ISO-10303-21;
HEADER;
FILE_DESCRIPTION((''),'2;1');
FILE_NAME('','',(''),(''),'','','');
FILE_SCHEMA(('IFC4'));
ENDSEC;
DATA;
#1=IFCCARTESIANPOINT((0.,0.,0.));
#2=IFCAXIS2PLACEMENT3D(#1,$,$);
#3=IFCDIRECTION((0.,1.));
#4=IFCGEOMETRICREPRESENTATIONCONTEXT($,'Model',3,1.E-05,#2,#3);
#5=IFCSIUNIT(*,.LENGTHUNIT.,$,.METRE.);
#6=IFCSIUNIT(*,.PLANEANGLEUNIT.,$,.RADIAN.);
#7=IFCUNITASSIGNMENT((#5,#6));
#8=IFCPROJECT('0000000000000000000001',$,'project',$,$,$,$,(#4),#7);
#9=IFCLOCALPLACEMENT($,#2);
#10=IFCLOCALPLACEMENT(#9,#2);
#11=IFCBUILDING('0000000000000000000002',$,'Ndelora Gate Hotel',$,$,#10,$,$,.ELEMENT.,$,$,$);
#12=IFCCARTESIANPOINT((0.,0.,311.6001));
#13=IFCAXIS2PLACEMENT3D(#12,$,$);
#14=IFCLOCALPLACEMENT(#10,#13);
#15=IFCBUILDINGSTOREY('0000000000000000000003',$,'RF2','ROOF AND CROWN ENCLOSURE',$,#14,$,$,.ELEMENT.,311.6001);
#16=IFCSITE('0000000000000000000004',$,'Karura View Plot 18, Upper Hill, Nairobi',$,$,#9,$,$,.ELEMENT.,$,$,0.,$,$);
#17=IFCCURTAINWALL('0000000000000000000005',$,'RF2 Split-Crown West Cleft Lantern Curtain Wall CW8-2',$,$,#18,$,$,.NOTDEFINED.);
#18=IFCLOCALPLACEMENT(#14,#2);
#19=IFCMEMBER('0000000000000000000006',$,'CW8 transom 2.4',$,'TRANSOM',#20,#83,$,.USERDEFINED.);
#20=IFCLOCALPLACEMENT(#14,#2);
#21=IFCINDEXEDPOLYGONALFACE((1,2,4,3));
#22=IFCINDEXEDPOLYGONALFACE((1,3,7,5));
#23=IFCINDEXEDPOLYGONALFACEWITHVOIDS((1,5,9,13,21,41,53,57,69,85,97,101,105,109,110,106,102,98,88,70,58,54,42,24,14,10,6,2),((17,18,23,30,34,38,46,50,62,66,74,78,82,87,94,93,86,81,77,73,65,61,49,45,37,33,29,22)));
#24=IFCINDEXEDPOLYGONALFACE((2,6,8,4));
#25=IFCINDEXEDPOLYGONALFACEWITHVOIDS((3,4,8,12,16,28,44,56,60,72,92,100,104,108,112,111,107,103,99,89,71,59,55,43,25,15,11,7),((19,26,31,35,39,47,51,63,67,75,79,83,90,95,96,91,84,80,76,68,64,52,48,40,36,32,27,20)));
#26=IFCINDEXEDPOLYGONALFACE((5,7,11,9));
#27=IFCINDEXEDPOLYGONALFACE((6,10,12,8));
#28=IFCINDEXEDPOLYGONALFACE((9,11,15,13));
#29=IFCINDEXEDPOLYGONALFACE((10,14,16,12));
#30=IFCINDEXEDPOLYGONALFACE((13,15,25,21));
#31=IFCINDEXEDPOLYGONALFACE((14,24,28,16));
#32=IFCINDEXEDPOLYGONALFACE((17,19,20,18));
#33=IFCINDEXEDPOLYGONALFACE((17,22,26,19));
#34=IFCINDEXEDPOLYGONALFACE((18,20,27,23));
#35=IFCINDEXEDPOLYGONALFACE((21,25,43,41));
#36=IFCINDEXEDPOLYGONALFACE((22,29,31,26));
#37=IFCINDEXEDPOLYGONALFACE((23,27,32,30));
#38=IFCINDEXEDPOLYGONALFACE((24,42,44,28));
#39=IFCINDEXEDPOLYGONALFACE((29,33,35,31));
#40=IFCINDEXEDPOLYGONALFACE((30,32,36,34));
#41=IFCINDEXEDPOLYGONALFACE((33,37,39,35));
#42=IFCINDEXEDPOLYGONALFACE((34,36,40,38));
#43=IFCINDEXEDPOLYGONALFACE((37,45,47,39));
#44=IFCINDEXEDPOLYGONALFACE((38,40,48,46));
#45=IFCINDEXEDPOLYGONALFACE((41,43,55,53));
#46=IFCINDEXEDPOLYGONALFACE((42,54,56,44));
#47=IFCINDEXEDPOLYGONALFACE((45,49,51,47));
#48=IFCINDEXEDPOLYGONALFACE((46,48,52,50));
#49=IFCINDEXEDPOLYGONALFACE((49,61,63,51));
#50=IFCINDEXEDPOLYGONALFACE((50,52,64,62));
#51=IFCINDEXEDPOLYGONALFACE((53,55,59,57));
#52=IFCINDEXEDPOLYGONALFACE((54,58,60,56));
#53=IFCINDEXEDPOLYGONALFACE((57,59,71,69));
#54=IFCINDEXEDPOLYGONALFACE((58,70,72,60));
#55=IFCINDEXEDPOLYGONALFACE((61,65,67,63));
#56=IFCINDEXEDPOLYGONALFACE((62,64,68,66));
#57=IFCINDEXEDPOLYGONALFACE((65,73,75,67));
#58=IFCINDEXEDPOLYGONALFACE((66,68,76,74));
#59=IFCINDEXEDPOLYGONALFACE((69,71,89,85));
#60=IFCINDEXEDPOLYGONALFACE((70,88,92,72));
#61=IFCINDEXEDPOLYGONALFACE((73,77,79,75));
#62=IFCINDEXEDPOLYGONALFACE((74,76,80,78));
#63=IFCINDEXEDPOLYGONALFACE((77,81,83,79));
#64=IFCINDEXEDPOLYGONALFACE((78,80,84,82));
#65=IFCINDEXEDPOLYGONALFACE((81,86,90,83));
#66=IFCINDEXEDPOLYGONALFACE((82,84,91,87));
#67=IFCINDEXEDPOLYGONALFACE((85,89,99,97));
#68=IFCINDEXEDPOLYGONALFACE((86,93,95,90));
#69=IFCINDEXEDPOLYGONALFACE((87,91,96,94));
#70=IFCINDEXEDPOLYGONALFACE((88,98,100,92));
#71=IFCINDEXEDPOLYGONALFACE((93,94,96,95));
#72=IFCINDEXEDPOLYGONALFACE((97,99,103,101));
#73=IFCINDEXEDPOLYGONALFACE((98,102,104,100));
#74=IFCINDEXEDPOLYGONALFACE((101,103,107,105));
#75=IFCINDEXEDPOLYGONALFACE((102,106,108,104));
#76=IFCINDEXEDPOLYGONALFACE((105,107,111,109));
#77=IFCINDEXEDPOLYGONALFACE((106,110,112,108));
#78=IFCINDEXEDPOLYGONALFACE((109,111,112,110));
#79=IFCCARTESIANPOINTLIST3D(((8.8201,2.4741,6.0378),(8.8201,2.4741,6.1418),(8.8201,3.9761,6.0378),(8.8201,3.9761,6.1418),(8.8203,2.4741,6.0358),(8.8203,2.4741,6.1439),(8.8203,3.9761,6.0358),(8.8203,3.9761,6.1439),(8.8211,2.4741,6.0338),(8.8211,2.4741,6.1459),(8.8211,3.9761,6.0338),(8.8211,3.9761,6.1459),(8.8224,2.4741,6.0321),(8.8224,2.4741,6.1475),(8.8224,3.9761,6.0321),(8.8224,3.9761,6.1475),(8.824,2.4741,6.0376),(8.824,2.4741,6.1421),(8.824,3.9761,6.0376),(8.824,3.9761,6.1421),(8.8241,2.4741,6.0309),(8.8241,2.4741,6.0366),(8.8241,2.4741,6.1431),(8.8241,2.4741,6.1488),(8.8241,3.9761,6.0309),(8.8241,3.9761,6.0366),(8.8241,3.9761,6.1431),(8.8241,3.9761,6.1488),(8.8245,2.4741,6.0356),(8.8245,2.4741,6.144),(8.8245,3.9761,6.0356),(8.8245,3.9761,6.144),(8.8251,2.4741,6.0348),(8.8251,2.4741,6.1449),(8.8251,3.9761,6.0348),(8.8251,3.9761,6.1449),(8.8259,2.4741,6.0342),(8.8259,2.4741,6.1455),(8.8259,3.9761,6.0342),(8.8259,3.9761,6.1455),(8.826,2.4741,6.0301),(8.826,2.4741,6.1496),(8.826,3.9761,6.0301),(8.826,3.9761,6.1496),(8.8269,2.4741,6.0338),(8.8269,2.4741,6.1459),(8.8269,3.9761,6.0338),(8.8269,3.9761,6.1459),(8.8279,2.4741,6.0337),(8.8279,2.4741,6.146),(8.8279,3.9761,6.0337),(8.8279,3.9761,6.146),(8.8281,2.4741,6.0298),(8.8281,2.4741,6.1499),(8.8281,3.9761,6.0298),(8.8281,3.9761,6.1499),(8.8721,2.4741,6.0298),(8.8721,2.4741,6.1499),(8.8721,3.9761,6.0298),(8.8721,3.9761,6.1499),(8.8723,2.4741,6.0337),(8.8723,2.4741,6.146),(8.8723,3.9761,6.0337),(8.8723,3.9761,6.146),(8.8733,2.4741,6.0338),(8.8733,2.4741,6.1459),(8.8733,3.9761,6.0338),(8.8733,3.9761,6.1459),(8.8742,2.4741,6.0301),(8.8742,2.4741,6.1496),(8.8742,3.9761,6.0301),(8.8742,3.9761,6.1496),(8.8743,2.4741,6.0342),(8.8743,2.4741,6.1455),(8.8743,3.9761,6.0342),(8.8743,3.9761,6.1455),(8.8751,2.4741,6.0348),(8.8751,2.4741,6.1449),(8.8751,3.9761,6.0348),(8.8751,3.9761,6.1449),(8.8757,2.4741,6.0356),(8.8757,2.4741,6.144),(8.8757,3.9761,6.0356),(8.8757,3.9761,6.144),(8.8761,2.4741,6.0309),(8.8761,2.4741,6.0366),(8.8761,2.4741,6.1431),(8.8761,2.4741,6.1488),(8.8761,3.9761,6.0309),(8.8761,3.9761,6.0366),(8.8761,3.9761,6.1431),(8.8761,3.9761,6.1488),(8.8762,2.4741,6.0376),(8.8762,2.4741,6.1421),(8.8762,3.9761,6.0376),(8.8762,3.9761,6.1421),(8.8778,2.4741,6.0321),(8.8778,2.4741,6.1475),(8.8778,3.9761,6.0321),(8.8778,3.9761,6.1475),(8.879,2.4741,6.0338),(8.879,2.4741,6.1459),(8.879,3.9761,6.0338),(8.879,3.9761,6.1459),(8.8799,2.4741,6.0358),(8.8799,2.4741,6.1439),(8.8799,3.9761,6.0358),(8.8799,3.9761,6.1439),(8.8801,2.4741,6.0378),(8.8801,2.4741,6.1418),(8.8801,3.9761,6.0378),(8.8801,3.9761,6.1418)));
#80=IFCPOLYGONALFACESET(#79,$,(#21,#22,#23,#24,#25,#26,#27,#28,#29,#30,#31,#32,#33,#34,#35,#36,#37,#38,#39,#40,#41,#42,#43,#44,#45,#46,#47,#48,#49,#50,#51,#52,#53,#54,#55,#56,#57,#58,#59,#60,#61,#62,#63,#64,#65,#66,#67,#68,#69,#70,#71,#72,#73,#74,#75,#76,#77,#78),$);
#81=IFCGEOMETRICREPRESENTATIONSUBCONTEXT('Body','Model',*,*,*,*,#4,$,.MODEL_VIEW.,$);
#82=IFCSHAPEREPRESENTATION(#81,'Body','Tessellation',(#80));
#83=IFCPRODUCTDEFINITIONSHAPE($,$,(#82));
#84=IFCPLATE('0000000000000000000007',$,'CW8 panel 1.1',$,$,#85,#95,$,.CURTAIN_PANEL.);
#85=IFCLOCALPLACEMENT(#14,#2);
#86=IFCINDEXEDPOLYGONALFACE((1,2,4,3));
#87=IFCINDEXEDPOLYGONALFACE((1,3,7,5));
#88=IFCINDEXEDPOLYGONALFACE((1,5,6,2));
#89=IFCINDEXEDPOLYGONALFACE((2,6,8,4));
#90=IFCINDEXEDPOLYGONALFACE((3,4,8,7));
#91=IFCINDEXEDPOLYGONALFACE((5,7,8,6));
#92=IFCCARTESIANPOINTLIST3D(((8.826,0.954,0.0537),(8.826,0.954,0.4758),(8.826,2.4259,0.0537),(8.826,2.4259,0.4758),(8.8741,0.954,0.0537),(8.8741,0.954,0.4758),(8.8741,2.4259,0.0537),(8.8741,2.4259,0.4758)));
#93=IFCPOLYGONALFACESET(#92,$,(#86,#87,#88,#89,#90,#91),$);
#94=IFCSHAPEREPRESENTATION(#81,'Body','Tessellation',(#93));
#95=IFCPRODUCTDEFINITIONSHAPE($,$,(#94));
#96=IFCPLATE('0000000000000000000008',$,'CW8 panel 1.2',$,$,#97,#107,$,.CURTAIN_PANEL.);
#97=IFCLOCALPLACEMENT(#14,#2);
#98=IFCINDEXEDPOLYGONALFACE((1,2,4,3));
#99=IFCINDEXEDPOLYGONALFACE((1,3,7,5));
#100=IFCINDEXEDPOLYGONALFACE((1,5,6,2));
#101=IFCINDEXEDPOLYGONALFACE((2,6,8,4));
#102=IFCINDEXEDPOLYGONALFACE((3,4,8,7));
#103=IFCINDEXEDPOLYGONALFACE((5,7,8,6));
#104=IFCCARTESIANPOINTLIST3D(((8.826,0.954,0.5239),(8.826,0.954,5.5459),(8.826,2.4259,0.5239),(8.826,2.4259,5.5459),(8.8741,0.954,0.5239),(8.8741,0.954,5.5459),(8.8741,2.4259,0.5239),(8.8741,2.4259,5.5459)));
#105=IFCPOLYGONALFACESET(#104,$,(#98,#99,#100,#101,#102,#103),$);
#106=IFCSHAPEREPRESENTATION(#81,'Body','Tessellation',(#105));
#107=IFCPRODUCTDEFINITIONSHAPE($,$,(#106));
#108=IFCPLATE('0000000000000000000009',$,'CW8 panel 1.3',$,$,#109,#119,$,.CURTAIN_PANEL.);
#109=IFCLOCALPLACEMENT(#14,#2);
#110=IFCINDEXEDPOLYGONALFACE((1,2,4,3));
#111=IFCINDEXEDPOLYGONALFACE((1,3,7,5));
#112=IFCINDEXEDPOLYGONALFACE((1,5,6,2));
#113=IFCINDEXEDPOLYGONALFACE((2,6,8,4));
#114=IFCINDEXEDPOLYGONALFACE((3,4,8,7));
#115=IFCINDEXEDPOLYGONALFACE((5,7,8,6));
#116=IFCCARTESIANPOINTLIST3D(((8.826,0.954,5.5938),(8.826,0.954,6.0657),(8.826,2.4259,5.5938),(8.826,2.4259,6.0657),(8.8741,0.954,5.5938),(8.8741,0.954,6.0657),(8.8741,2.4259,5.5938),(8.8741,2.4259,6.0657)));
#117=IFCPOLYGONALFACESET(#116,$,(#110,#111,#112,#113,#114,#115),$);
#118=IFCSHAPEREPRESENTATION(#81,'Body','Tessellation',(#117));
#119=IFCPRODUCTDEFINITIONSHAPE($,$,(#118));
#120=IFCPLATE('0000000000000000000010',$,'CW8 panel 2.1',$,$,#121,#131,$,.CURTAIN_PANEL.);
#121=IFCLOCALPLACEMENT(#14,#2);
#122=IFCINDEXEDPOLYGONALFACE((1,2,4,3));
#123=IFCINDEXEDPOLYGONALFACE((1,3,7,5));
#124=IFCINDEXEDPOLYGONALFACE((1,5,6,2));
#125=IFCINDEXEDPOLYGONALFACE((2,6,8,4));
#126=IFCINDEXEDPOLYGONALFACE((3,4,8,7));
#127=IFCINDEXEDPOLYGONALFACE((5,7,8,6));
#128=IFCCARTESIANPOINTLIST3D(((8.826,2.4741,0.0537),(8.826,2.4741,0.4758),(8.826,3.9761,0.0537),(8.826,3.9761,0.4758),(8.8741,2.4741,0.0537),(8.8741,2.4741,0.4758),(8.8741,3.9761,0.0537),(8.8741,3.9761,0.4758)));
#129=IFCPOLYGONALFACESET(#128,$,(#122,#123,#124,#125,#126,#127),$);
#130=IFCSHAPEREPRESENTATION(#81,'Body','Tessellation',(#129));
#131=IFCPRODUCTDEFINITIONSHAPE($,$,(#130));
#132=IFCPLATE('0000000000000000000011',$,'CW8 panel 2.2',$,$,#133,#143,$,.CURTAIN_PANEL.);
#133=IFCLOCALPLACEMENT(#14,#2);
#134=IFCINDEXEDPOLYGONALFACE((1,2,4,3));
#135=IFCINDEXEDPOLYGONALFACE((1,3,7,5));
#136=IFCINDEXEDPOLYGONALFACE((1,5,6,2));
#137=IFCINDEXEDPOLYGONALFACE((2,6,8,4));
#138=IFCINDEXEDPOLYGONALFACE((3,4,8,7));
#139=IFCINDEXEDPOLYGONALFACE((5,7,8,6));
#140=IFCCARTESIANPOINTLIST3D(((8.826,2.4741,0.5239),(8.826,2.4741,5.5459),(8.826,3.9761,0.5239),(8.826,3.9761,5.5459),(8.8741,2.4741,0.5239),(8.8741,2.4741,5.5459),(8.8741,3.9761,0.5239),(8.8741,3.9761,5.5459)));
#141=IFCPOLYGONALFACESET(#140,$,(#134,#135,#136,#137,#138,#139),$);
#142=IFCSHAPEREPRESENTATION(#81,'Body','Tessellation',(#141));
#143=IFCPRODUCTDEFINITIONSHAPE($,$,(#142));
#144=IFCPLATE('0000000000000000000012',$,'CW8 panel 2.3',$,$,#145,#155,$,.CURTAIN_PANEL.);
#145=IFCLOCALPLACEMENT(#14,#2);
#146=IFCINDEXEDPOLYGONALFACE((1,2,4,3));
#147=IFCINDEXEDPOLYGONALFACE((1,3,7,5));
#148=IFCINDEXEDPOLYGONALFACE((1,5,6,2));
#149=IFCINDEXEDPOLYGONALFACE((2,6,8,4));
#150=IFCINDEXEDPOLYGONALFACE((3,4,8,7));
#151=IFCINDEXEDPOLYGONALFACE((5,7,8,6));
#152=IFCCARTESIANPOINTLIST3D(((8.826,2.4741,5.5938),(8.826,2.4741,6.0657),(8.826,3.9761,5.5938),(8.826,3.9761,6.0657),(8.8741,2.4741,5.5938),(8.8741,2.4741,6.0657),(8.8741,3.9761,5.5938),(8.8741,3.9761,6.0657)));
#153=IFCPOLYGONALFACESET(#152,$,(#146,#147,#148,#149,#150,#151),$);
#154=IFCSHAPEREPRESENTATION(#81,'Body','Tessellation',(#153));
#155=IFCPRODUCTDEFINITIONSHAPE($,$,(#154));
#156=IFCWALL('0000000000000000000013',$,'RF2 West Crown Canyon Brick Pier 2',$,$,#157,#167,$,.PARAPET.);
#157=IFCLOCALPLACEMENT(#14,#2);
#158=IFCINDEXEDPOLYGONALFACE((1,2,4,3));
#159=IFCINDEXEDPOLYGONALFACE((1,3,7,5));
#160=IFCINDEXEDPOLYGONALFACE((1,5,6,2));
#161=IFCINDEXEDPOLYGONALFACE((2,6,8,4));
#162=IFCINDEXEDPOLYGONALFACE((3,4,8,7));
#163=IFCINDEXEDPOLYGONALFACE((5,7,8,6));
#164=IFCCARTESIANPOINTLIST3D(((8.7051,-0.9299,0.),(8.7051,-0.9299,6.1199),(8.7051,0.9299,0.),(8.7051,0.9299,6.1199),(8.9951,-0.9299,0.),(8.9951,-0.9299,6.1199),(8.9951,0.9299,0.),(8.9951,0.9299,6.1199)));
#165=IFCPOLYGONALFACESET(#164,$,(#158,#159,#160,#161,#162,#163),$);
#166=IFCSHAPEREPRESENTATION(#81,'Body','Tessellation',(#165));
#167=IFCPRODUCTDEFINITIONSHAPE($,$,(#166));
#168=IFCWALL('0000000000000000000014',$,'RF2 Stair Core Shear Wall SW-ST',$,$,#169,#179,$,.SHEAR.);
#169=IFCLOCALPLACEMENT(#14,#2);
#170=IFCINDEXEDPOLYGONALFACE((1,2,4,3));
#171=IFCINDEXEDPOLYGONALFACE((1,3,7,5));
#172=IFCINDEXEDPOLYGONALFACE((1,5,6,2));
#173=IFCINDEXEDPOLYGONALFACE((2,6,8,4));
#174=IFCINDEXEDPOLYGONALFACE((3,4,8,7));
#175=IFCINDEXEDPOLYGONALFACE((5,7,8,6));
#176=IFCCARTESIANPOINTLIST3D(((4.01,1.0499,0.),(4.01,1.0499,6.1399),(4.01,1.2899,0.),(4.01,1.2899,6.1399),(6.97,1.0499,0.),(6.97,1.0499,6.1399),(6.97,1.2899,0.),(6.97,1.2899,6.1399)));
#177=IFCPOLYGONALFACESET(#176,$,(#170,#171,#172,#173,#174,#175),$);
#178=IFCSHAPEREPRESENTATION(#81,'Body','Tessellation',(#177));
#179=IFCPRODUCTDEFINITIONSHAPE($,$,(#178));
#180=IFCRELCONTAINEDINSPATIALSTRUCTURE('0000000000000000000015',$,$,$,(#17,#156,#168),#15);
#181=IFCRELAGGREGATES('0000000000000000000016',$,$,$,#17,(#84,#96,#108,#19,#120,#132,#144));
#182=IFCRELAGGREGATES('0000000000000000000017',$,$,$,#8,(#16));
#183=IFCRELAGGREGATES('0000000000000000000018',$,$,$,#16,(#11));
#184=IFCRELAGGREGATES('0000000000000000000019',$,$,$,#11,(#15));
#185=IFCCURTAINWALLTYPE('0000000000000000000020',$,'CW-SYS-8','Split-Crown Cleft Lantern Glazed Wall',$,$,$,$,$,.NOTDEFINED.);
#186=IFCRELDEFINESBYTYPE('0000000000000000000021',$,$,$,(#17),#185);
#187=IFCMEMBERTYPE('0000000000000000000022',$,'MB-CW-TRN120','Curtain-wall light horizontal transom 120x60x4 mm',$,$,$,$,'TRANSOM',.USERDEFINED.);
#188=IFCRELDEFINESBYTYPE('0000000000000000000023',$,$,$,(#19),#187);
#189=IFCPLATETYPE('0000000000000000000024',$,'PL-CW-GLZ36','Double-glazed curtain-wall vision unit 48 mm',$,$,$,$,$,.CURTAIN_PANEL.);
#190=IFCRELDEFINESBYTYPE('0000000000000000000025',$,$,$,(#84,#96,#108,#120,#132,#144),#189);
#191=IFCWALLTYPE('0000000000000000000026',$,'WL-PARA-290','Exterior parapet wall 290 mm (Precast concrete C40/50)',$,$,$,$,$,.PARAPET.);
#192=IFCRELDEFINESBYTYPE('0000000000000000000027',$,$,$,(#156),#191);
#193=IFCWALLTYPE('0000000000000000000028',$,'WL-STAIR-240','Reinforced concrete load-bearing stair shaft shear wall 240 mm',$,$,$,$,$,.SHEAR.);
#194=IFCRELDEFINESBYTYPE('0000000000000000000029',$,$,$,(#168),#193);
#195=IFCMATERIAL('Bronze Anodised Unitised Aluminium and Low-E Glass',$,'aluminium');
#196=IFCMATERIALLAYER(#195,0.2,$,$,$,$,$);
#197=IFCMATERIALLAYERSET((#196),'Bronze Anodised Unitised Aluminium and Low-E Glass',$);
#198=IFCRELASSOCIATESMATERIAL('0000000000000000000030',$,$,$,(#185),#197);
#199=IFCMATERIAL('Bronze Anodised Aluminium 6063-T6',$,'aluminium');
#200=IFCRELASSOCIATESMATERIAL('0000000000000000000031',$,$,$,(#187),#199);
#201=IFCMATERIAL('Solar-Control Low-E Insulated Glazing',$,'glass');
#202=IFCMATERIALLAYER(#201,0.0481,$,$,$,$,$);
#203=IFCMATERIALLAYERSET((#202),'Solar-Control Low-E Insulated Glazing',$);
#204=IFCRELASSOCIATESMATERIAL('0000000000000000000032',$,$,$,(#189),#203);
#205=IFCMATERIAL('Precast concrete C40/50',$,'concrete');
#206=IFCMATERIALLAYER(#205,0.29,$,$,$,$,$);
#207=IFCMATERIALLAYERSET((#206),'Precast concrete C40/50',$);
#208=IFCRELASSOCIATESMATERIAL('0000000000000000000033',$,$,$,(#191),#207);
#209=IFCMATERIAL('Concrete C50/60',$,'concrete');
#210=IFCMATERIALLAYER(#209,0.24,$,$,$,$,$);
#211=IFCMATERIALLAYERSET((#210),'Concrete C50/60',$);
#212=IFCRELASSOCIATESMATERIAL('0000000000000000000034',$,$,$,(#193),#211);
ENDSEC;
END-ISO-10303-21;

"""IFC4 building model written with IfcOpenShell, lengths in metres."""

from ifc_helpers import new_model, si_unit, direction, frame, frame_2d, origin, origin_2d, place, context, subcontext, project, spatial, rectangle, hollow_rectangle, extrude, material, layer, layer_set, material_profile, profile_set, type_object, element, aggregate, save


model = new_model("IFC4")

# Units and contexts
model_context = context("Model", 3, precision=1e-05, world=origin(), true_north=direction((0.0, 1.0)))
body_context = subcontext(model_context, "Body", "Model", "MODEL_VIEW")
ifc_project = project(units=[si_unit("LENGTHUNIT", "METRE"), si_unit("PLANEANGLEUNIT", "RADIAN")], contexts=[model_context])

# Site, building, storey
site_placement = place(None, origin())
site = spatial("IfcSite", under=ifc_project, at=site_placement, Name="Karura View Plot 18, Upper Hill, Nairobi", CompositionType="ELEMENT", RefElevation=0.0)
building_placement = place(site_placement, origin())
building = spatial("IfcBuilding", under=site, at=building_placement, Name="Ndelora Gate Hotel", CompositionType="ELEMENT")
storey_placement = place(building_placement, frame((0.0, 0.0, 311.6001)))
storey = spatial("IfcBuildingStorey", under=building, at=storey_placement, Name="RF2", Description="ROOF AND CROWN ENCLOSURE", CompositionType="ELEMENT", Elevation=311.6001)

# Shared definitions
ifc_material_1 = material(Name="Concrete C50/60", Category="concrete")

# Curtain wall, member, plates
ifc_material_2 = material(Name="Bronze Anodised Unitised Aluminium and Low-E Glass", Category="aluminium")
ifc_layer_1 = layer(ifc_material_2, 0.2)
ifc_layer_set_1 = layer_set([ifc_layer_1], Name="Bronze Anodised Unitised Aluminium and Low-E Glass")
curtain_wall_type = type_object("IfcCurtainWallType", Name="CW-SYS-8", Description="Split-Crown Cleft Lantern Glazed Wall", PredefinedType="NOTDEFINED", material=ifc_layer_set_1)
curtain_wall_placement = place(storey_placement, origin())
curtain_wall = element("IfcCurtainWall", 1, at=curtain_wall_placement, inside=storey, type_object=curtain_wall_type, Name="RF2 Split-Crown West Cleft Lantern Curtain Wall CW8-2", PredefinedType="NOTDEFINED")
ifc_material_3 = material(Name="Bronze Anodised Aluminium 6063-T6", Category="aluminium")
ifc_material_profile_1 = material_profile(ifc_material_3, hollow_rectangle(XDim=0.0601, YDim=0.1201, WallThickness=0.0039, InnerFilletRadius=0.0039, OuterFilletRadius=0.0081, at=origin_2d()), Name="ALU 120x60x4")
ifc_profile_set_1 = profile_set([ifc_material_profile_1], Name="Bronze Anodised Aluminium 6063-T6")
member_type_1 = type_object("IfcMemberType", Name="MB-CW-TRN120", Description="Curtain-wall light horizontal transom 120x60x4 mm", ElementType="TRANSOM", PredefinedType="USERDEFINED", material=ifc_profile_set_1)
member_1_placement = place(storey_placement, frame((8.8501, 2.4741, 6.0898), z_axis=(0.0, 1.0, 0.0), x_axis=(-1.0, 0.0, 0.0)))
member_1 = element("IfcMember", 2, at=member_1_placement, type_object=member_type_1, Name="CW8 transom 2.4", ObjectType="TRANSOM", PredefinedType="USERDEFINED", context=body_context, shape_type="SweptSolid", body=[
    extrude(hollow_rectangle(XDim=0.0601, YDim=0.1201, WallThickness=0.0039, InnerFilletRadius=0.0039, OuterFilletRadius=0.0081, at=origin_2d()), origin(), (0.0, 0.0, 1.0), 1.502),
])
ifc_material_4 = material(Name="Solar-Control Low-E Insulated Glazing", Category="glass")
ifc_layer_2 = layer(ifc_material_4, 0.0481)
ifc_layer_set_2 = layer_set([ifc_layer_2], Name="Solar-Control Low-E Insulated Glazing")
plate_type = type_object("IfcPlateType", Name="PL-CW-GLZ36", Description="Double-glazed curtain-wall vision unit 48 mm", PredefinedType="CURTAIN_PANEL", material=ifc_layer_set_2)
plate_1_placement = place(storey_placement, frame((8.8501, 1.6899, 0.0537), z_axis=(0.0, 0.0, 1.0), x_axis=(0.0, 1.0, 0.0)))
plate_1 = element("IfcPlate", 3, at=plate_1_placement, type_object=plate_type, Name="CW8 panel 1.1", PredefinedType="CURTAIN_PANEL", context=body_context, shape_type="SweptSolid", body=[
    extrude(rectangle(XDim=1.4719, YDim=0.0481, at=origin_2d()), origin(), (0.0, 0.0, 1.0), 0.4221),
])
plate_2_placement = place(storey_placement, frame((8.8501, 1.6899, 0.5239), z_axis=(0.0, 0.0, 1.0), x_axis=(0.0, 1.0, 0.0)))
plate_2 = element("IfcPlate", 4, at=plate_2_placement, type_object=plate_type, Name="CW8 panel 1.2", PredefinedType="CURTAIN_PANEL", context=body_context, shape_type="SweptSolid", body=[
    extrude(rectangle(XDim=1.4719, YDim=0.0481, at=origin_2d()), origin(), (0.0, 0.0, 1.0), 5.022),
])
plate_3_placement = place(storey_placement, frame((8.8501, 1.6899, 5.5938), z_axis=(0.0, 0.0, 1.0), x_axis=(0.0, 1.0, 0.0)))
plate_3 = element("IfcPlate", 5, at=plate_3_placement, type_object=plate_type, Name="CW8 panel 1.3", PredefinedType="CURTAIN_PANEL", context=body_context, shape_type="SweptSolid", body=[
    extrude(rectangle(XDim=1.4719, YDim=0.0481, at=origin_2d()), origin(), (0.0, 0.0, 1.0), 0.4719),
])
plate_4_placement = place(storey_placement, frame((8.8501, 3.2251, 0.0537), z_axis=(0.0, 0.0, 1.0), x_axis=(0.0, 1.0, 0.0)))
plate_4 = element("IfcPlate", 6, at=plate_4_placement, type_object=plate_type, Name="CW8 panel 2.1", PredefinedType="CURTAIN_PANEL", context=body_context, shape_type="SweptSolid", body=[
    extrude(rectangle(XDim=1.502, YDim=0.0481, at=origin_2d()), origin(), (0.0, 0.0, 1.0), 0.4221),
])
plate_5_placement = place(storey_placement, frame((8.8501, 3.2251, 0.5239), z_axis=(0.0, 0.0, 1.0), x_axis=(0.0, 1.0, 0.0)))
plate_5 = element("IfcPlate", 7, at=plate_5_placement, type_object=plate_type, Name="CW8 panel 2.2", PredefinedType="CURTAIN_PANEL", context=body_context, shape_type="SweptSolid", body=[
    extrude(rectangle(XDim=1.502, YDim=0.0481, at=origin_2d()), origin(), (0.0, 0.0, 1.0), 5.022),
])
plate_6_placement = place(storey_placement, frame((8.8501, 3.2251, 5.5938), z_axis=(0.0, 0.0, 1.0), x_axis=(0.0, 1.0, 0.0)))
plate_6 = element("IfcPlate", 8, at=plate_6_placement, type_object=plate_type, Name="CW8 panel 2.3", PredefinedType="CURTAIN_PANEL", context=body_context, shape_type="SweptSolid", body=[
    extrude(rectangle(XDim=1.502, YDim=0.0481, at=origin_2d()), origin(), (0.0, 0.0, 1.0), 0.4719),
])
aggregate(curtain_wall, [plate_1, plate_2, plate_3, member_1, plate_4, plate_5, plate_6])

# Walls
ifc_material_5 = material(Name="Precast concrete C40/50", Category="concrete")
ifc_layer_3 = layer(ifc_material_5, 0.29)
ifc_layer_set_3 = layer_set([ifc_layer_3], Name="Precast concrete C40/50")
wall_type_1 = type_object("IfcWallType", Name="WL-PARA-290", Description="Exterior parapet wall 290 mm (Precast concrete C40/50)", PredefinedType="PARAPET", material=ifc_layer_set_3)
wall_1_placement = place(storey_placement, frame((8.8501, 0.9299, 0.0), z_axis=(0.0, 0.0, 1.0), x_axis=(0.0, -1.0, 0.0)))
element("IfcWall", 9, at=wall_1_placement, inside=storey, type_object=wall_type_1, Name="RF2 West Crown Canyon Brick Pier 2", PredefinedType="PARAPET", context=body_context, shape_type="SweptSolid", body=[
    extrude(rectangle(XDim=1.8599, YDim=0.29, at=frame_2d((0.9299, 0.0))), origin(), (0.0, 0.0, 1.0), 6.1199),
])
ifc_layer_4 = layer(ifc_material_1, 0.24)
ifc_layer_set_4 = layer_set([ifc_layer_4], Name="Concrete C50/60")
wall_type_2 = type_object("IfcWallType", Name="WL-STAIR-240", Description="Reinforced concrete load-bearing stair shaft shear wall 240 mm", PredefinedType="SHEAR", material=ifc_layer_set_4)
wall_2_placement = place(storey_placement, frame((4.01, 1.1699, 0.0), z_axis=(0.0, 0.0, 1.0), x_axis=(1.0, 0.0, 0.0)))
element("IfcWall", 10, at=wall_2_placement, inside=storey, type_object=wall_type_2, Name="RF2 Stair Core Shear Wall SW-ST", PredefinedType="SHEAR", context=body_context, shape_type="SweptSolid", body=[
    extrude(rectangle(XDim=2.96, YDim=0.24, at=frame_2d((1.48, 0.0))), origin(), (0.0, 0.0, 1.0), 6.1399),
])

save(model, "model.ifc")
